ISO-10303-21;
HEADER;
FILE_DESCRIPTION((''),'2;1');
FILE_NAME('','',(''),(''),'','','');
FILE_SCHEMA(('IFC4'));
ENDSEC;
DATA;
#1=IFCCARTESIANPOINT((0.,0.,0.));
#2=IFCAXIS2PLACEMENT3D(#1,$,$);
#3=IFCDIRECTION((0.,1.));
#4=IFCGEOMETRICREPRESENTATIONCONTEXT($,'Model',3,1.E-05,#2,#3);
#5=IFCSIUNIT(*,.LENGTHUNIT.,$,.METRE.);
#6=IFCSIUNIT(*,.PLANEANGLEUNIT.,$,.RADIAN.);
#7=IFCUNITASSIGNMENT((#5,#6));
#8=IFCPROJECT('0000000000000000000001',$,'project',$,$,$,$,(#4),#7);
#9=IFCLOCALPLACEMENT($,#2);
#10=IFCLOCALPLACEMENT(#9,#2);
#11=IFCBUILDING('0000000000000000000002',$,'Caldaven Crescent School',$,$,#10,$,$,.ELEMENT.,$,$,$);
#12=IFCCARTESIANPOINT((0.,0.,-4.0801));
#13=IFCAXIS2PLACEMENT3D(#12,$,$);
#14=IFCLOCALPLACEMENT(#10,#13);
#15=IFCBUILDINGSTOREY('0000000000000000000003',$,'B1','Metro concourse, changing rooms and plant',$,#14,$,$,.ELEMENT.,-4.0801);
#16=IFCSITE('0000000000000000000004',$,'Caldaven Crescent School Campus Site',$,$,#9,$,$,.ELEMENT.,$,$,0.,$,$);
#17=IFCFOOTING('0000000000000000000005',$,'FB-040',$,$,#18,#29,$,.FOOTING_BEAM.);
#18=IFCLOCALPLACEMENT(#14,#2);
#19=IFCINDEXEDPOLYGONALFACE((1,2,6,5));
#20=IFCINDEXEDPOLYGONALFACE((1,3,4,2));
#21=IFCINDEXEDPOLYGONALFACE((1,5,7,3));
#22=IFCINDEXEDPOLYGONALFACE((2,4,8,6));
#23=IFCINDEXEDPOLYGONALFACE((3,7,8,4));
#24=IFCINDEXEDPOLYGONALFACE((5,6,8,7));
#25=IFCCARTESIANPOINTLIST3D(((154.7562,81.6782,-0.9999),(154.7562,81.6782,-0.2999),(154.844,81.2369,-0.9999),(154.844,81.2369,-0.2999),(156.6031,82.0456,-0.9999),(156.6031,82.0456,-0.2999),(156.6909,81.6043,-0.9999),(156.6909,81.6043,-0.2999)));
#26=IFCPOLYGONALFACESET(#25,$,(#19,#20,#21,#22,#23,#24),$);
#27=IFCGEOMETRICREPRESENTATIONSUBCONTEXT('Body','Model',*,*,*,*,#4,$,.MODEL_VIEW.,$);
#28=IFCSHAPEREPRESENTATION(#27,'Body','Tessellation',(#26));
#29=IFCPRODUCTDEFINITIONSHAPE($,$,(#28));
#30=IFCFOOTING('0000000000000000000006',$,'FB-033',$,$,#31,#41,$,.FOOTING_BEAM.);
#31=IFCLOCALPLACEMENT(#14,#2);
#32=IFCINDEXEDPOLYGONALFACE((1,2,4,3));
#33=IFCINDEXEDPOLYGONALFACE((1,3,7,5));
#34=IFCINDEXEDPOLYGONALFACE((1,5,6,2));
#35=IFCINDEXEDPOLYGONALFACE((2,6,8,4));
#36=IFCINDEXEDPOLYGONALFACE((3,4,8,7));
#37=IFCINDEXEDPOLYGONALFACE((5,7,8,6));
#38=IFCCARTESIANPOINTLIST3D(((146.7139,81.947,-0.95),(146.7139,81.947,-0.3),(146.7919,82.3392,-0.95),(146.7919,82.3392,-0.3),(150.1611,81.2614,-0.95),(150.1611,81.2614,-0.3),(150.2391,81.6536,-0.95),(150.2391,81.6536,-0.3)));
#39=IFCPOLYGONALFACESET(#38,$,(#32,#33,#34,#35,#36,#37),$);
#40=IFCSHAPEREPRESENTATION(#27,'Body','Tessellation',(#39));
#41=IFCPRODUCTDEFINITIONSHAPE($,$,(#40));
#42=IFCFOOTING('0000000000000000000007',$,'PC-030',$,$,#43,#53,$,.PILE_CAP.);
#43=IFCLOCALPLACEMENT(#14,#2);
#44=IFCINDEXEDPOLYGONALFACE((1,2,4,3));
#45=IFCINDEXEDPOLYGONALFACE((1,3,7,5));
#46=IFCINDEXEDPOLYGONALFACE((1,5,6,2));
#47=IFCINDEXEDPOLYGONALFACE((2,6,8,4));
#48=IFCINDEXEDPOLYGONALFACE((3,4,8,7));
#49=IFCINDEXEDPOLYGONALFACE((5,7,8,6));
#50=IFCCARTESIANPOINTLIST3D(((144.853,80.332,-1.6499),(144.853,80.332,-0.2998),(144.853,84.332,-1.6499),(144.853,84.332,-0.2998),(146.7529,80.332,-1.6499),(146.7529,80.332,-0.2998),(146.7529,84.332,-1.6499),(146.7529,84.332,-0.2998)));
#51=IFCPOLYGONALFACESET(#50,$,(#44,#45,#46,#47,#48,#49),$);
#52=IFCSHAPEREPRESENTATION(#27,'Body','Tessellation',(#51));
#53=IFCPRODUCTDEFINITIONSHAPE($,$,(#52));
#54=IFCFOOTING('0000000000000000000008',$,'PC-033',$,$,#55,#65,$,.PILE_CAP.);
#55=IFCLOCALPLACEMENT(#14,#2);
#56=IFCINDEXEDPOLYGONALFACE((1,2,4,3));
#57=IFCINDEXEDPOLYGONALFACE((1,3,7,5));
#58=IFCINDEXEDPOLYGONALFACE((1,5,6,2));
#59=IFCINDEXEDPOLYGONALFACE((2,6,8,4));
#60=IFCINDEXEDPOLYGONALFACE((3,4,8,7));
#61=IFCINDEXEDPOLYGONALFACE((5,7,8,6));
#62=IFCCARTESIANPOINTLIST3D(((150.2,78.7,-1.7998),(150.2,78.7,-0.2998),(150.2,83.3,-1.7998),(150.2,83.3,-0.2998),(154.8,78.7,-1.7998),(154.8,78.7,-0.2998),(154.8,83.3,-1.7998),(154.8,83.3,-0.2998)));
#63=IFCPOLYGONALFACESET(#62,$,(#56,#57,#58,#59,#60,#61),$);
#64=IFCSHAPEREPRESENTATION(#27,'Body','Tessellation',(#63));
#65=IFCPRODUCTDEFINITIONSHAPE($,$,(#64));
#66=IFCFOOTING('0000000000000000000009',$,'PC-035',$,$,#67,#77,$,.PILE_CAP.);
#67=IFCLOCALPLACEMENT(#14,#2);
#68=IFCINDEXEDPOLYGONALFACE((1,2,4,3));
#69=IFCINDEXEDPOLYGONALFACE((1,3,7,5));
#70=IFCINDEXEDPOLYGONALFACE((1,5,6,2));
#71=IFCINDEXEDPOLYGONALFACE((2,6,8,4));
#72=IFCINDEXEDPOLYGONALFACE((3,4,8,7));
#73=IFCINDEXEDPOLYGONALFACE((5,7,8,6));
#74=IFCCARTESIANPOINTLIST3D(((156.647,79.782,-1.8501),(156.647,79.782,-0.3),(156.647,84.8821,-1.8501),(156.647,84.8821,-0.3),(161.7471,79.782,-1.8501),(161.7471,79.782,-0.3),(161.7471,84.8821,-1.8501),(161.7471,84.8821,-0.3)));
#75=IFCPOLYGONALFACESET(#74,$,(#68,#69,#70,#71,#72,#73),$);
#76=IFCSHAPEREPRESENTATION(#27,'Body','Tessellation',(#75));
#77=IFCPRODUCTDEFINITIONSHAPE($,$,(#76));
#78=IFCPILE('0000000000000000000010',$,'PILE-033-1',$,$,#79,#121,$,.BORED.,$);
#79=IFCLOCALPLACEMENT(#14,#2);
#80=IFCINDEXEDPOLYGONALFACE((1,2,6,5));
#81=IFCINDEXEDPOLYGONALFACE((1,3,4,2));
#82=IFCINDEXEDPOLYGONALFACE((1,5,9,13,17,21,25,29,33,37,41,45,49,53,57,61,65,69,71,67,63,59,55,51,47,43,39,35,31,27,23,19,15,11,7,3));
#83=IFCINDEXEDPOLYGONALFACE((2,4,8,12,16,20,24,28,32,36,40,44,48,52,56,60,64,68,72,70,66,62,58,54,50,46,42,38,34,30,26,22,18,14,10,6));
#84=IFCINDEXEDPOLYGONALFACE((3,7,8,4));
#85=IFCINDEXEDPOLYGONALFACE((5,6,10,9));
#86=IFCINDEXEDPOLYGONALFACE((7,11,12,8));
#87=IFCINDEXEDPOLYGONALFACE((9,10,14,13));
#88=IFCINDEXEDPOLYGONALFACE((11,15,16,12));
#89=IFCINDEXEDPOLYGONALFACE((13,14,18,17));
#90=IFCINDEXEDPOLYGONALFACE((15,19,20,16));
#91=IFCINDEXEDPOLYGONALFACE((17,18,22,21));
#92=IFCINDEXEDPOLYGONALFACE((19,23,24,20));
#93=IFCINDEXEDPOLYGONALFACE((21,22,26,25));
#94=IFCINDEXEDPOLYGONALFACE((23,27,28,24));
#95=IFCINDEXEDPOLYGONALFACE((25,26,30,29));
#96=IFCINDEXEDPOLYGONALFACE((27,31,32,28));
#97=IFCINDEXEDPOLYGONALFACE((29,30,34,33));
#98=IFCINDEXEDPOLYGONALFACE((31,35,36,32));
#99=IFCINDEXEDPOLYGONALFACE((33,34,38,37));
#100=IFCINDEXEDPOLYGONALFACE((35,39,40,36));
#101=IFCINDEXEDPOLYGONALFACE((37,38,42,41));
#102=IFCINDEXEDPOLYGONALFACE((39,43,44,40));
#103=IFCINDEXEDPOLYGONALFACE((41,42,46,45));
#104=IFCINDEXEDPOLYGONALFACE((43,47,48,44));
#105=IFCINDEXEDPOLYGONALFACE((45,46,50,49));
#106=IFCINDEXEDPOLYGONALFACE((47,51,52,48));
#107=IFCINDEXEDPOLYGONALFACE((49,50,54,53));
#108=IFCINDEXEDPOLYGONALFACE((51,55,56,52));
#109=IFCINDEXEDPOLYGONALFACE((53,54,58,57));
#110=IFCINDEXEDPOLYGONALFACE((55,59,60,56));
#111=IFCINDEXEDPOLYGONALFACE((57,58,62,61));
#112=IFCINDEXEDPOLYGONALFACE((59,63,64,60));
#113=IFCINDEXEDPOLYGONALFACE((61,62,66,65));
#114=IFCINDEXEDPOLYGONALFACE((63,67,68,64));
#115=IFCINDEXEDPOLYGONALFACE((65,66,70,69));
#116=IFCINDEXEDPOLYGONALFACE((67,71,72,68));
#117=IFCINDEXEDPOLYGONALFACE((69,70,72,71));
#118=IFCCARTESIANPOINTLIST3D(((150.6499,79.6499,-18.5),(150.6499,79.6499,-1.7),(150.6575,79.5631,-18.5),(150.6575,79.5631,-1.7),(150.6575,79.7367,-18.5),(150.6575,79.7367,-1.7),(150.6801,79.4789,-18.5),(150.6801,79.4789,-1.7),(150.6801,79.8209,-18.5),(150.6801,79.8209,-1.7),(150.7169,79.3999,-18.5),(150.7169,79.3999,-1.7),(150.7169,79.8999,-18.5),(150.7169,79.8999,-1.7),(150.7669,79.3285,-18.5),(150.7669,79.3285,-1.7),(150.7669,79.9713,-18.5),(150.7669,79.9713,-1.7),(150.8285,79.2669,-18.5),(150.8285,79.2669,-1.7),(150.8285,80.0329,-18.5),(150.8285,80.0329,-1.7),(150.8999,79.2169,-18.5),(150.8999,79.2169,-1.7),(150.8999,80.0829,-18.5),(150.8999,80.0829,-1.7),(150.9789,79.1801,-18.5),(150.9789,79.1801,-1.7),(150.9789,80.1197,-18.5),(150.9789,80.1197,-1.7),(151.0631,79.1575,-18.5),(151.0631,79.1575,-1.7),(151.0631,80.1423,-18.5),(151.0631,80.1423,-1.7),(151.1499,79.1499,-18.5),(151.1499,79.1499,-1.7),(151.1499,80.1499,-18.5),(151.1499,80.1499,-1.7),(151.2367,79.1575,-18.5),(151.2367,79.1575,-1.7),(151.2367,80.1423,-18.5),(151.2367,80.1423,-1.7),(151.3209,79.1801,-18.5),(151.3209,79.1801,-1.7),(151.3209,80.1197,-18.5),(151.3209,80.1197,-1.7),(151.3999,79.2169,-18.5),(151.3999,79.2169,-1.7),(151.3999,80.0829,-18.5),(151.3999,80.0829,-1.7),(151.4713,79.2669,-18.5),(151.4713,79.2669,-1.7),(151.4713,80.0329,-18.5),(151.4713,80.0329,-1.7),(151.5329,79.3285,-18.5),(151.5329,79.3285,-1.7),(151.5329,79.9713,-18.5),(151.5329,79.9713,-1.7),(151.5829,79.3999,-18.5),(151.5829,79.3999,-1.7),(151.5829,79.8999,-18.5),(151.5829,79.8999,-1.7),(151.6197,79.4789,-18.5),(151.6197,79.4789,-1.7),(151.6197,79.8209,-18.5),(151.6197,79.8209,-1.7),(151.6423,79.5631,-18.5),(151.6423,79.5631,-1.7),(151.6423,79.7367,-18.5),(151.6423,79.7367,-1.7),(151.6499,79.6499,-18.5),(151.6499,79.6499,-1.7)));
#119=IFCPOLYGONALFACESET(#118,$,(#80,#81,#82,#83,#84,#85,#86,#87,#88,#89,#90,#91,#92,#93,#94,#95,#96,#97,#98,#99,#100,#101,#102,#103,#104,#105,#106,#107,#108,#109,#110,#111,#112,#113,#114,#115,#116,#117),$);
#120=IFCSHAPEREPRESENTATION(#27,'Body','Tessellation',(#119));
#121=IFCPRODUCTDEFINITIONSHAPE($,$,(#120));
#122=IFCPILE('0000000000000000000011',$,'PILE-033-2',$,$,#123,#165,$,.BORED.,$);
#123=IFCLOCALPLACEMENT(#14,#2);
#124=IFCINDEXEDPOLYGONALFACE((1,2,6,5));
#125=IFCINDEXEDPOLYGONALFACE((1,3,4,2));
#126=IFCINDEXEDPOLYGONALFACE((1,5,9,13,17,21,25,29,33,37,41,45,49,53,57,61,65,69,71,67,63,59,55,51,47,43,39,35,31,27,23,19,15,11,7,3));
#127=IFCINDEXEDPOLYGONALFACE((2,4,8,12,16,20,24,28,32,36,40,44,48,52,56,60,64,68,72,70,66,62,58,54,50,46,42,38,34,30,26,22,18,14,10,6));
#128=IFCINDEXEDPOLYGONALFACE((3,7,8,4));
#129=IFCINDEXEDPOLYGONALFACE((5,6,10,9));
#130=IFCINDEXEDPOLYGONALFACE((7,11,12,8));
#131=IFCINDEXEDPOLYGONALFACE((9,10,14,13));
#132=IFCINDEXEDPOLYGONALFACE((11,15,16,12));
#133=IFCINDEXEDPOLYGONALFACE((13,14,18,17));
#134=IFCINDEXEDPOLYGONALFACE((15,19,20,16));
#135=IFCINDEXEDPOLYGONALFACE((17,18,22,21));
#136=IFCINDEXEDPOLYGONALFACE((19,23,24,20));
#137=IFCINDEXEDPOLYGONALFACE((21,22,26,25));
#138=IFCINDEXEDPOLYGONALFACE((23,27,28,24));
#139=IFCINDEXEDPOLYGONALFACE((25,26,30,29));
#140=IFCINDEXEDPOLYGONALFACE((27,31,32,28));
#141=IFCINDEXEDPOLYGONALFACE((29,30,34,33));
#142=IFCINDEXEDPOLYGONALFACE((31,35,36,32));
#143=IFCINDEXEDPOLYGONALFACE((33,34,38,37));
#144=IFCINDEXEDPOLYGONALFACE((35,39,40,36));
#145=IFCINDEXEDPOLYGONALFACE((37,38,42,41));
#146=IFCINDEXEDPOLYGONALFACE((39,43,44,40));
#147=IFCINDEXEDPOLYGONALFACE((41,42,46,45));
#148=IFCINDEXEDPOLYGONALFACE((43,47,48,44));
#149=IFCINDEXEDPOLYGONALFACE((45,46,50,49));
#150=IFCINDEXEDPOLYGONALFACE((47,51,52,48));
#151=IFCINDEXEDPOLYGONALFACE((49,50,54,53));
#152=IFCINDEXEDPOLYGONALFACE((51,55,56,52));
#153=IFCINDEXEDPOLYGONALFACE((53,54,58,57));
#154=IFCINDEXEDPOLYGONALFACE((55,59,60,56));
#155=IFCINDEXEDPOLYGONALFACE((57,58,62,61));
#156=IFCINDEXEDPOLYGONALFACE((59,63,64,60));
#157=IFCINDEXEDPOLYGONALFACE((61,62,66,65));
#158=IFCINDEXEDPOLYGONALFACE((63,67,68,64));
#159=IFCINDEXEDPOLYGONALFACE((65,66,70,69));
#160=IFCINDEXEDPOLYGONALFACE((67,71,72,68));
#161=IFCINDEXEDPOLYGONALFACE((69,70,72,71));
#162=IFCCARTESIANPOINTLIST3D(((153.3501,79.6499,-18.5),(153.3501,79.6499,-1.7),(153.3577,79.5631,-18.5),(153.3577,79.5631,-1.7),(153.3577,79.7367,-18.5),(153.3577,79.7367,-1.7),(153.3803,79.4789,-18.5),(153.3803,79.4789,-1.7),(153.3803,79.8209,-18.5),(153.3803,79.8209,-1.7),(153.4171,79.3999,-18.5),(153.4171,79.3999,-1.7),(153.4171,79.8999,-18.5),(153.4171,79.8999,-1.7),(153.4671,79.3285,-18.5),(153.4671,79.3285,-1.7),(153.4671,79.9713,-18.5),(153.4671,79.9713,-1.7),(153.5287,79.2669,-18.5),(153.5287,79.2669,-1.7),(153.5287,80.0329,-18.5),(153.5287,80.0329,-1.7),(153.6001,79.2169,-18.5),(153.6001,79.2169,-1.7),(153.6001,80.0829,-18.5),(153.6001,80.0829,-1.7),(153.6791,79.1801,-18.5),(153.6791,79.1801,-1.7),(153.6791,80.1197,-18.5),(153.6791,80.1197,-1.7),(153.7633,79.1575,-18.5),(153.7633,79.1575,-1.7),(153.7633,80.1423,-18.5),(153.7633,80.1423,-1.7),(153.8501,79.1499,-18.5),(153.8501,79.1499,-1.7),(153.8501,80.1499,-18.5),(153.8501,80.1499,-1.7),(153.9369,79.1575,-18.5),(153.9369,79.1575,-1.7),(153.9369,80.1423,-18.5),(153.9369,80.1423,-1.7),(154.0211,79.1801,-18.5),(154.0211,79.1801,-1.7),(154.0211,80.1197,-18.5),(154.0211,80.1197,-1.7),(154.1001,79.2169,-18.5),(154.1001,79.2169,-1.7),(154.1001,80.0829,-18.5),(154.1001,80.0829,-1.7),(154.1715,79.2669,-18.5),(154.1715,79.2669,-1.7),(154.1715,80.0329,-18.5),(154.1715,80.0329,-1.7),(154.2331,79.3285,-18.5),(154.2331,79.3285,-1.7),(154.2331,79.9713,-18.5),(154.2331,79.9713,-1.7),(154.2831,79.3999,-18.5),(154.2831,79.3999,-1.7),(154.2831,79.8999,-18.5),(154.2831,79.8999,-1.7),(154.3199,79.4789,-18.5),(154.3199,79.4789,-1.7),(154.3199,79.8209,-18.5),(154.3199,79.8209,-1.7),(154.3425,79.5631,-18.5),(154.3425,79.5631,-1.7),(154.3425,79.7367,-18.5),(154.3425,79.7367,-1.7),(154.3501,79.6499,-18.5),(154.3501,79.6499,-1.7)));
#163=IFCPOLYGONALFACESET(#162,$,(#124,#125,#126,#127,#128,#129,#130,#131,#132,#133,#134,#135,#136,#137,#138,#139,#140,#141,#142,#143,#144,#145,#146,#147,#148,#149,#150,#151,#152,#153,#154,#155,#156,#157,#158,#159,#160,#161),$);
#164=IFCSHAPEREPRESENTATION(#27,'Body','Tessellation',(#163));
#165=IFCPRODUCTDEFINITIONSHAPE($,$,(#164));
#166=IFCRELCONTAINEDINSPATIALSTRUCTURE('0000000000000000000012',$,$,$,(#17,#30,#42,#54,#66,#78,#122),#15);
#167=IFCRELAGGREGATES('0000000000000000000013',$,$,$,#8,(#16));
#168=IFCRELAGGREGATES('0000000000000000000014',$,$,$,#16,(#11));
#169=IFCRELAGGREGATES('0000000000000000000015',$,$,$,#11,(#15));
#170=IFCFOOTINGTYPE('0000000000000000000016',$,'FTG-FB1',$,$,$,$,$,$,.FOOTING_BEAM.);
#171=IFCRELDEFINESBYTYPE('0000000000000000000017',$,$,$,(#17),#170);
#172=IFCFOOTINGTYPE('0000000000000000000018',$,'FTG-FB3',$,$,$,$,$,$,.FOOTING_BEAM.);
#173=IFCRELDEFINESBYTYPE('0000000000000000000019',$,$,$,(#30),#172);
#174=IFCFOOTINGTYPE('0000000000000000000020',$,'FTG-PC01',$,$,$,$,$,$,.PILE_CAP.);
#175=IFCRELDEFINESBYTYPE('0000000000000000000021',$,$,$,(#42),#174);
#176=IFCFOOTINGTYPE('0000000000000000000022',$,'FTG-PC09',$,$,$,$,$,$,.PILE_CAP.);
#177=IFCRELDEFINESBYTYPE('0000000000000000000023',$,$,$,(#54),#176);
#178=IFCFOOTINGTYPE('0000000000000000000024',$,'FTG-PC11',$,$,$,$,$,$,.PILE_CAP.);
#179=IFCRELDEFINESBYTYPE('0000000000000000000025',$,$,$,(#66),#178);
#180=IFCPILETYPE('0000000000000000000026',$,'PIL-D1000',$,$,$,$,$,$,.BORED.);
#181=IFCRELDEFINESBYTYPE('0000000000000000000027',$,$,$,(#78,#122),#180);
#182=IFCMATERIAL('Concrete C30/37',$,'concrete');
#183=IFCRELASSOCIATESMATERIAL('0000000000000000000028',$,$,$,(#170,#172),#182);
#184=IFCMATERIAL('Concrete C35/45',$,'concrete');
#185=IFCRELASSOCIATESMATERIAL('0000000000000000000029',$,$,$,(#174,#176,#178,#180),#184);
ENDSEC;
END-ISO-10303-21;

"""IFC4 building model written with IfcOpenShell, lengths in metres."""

from ifc_helpers import new_model, si_unit, direction, frame, origin, origin_2d, place, context, subcontext, project, spatial, rectangle, circle, extrude, material, material_profile, profile_set, type_object, element, save


model = new_model("IFC4")

# Units and contexts
model_context = context("Model", 3, precision=1e-05, world=origin(), true_north=direction((0.0, 1.0)))
body_context = subcontext(model_context, "Body", "Model", "MODEL_VIEW")
ifc_project = project(units=[si_unit("LENGTHUNIT", "METRE"), si_unit("PLANEANGLEUNIT", "RADIAN")], contexts=[model_context])

# Site, building, storey
site_placement = place(None, origin())
site = spatial("IfcSite", under=ifc_project, at=site_placement, Name="Caldaven Crescent School Campus Site", CompositionType="ELEMENT", RefElevation=0.0)
building_placement = place(site_placement, origin())
building = spatial("IfcBuilding", under=site, at=building_placement, Name="Caldaven Crescent School", CompositionType="ELEMENT")
storey_placement = place(building_placement, frame((0.0, 0.0, -4.0801)))
storey = spatial("IfcBuildingStorey", under=building, at=storey_placement, Name="B1", Description="Metro concourse, changing rooms and plant", CompositionType="ELEMENT", Elevation=-4.0801)

# Footings
ifc_material_1 = material(Name="Concrete C30/37", Category="concrete")
ifc_material_profile_1 = material_profile(ifc_material_1, rectangle(XDim=0.45, YDim=0.7, at=origin_2d()), Name="FB 450x700")
ifc_profile_set_1 = profile_set([ifc_material_profile_1], Name="Concrete C30/37")
footing_type_1 = type_object("IfcFootingType", Name="FTG-FB1", PredefinedType="FOOTING_BEAM", material=ifc_profile_set_1)
footing_1_placement = place(storey_placement, frame((156.647, 81.825, -0.6499), z_axis=(-0.98078, -0.195119, 0.0), x_axis=(0.195119, -0.98078, 0.0)))
element("IfcFooting", 1, at=footing_1_placement, inside=storey, type_object=footing_type_1, Name="FB-040", PredefinedType="FOOTING_BEAM", context=body_context, shape_type="SweptSolid", body=[
    extrude(rectangle(XDim=0.45, YDim=0.7, at=origin_2d()), origin(), (0.0, 0.0, 1.0), 1.8831),
])
ifc_material_profile_2 = material_profile(ifc_material_1, rectangle(XDim=0.3999, YDim=0.6499, at=origin_2d()), Name="FB 400x650")
ifc_profile_set_2 = profile_set([ifc_material_profile_2], Name="Concrete C30/37")
footing_type_2 = type_object("IfcFootingType", Name="FTG-FB3", PredefinedType="FOOTING_BEAM", material=ifc_profile_set_2)
footing_2_placement = place(storey_placement, frame((146.7529, 82.1431, -0.625), z_axis=(0.980791, -0.195061, 0.0), x_axis=(0.195061, 0.980791, 0.0)))
element("IfcFooting", 2, at=footing_2_placement, inside=storey, type_object=footing_type_2, Name="FB-033", PredefinedType="FOOTING_BEAM", context=body_context, shape_type="SweptSolid", body=[
    extrude(rectangle(XDim=0.3999, YDim=0.6499, at=origin_2d()), origin(), (0.0, 0.0, 1.0), 3.5146),
])
ifc_material_2 = material(Name="Concrete C35/45", Category="concrete")
footing_type_3 = type_object("IfcFootingType", Name="FTG-PC01", PredefinedType="PILE_CAP", material=ifc_material_2)
footing_3_placement = place(storey_placement, frame((145.803, 82.332, -1.6499), z_axis=(0.0, 0.0, 1.0), x_axis=(0.0, 1.0, 0.0)))
element("IfcFooting", 3, at=footing_3_placement, inside=storey, type_object=footing_type_3, Name="PC-030", PredefinedType="PILE_CAP", context=body_context, shape_type="SweptSolid", body=[
    extrude(rectangle(XDim=4.0, YDim=1.8999, at=origin_2d()), origin(), (0.0, 0.0, 1.0), 1.3501),
])
footing_type_4 = type_object("IfcFootingType", Name="FTG-PC09", PredefinedType="PILE_CAP", material=ifc_material_2)
footing_4_placement = place(storey_placement, frame((152.5, 81.0, -1.7998), z_axis=(0.0, 0.0, 1.0), x_axis=(1.0, 0.0, 0.0)))
element("IfcFooting", 4, at=footing_4_placement, inside=storey, type_object=footing_type_4, Name="PC-033", PredefinedType="PILE_CAP", context=body_context, shape_type="SweptSolid", body=[
    extrude(rectangle(XDim=4.6001, YDim=4.6001, at=origin_2d()), origin(), (0.0, 0.0, 1.0), 1.5),
])
footing_type_5 = type_object("IfcFootingType", Name="FTG-PC11", PredefinedType="PILE_CAP", material=ifc_material_2)
footing_5_placement = place(storey_placement, frame((159.197, 82.332, -1.8501), z_axis=(0.0, 0.0, 1.0), x_axis=(1.0, 0.0, 0.0)))
element("IfcFooting", 5, at=footing_5_placement, inside=storey, type_object=footing_type_5, Name="PC-035", PredefinedType="PILE_CAP", context=body_context, shape_type="SweptSolid", body=[
    extrude(rectangle(XDim=5.1001, YDim=5.1001, at=origin_2d()), origin(), (0.0, 0.0, 1.0), 1.55),
])

# Piles
ifc_material_profile_3 = material_profile(ifc_material_2, circle(Radius=0.5, at=origin_2d()), Name="PILE D1000")
ifc_profile_set_3 = profile_set([ifc_material_profile_3], Name="Concrete C35/45")
pile_type_1 = type_object("IfcPileType", Name="PIL-D1000", PredefinedType="BORED", material=ifc_profile_set_3)
for number, where, z_axis, x_axis, name in (
    (6, (151.1499, 79.6499, -1.7), (0.0, 0.0, -1.0), (1.0, 0.0, 0.0), "PILE-033-1"),
    (7, (153.8501, 79.6499, -1.7), (0.0, 0.0, -1.0), (1.0, 0.0, 0.0), "PILE-033-2"),
):
    element("IfcPile", number, at=place(storey_placement, frame(where, z_axis=z_axis, x_axis=x_axis)), inside=storey, type_object=pile_type_1, Name=name, PredefinedType="BORED", context=body_context, shape_type="SweptSolid", body=[
        extrude(circle(Radius=0.5, at=origin_2d()), origin(), (0.0, 0.0, 1.0), 16.8),
    ])

save(model, "model.ifc")
